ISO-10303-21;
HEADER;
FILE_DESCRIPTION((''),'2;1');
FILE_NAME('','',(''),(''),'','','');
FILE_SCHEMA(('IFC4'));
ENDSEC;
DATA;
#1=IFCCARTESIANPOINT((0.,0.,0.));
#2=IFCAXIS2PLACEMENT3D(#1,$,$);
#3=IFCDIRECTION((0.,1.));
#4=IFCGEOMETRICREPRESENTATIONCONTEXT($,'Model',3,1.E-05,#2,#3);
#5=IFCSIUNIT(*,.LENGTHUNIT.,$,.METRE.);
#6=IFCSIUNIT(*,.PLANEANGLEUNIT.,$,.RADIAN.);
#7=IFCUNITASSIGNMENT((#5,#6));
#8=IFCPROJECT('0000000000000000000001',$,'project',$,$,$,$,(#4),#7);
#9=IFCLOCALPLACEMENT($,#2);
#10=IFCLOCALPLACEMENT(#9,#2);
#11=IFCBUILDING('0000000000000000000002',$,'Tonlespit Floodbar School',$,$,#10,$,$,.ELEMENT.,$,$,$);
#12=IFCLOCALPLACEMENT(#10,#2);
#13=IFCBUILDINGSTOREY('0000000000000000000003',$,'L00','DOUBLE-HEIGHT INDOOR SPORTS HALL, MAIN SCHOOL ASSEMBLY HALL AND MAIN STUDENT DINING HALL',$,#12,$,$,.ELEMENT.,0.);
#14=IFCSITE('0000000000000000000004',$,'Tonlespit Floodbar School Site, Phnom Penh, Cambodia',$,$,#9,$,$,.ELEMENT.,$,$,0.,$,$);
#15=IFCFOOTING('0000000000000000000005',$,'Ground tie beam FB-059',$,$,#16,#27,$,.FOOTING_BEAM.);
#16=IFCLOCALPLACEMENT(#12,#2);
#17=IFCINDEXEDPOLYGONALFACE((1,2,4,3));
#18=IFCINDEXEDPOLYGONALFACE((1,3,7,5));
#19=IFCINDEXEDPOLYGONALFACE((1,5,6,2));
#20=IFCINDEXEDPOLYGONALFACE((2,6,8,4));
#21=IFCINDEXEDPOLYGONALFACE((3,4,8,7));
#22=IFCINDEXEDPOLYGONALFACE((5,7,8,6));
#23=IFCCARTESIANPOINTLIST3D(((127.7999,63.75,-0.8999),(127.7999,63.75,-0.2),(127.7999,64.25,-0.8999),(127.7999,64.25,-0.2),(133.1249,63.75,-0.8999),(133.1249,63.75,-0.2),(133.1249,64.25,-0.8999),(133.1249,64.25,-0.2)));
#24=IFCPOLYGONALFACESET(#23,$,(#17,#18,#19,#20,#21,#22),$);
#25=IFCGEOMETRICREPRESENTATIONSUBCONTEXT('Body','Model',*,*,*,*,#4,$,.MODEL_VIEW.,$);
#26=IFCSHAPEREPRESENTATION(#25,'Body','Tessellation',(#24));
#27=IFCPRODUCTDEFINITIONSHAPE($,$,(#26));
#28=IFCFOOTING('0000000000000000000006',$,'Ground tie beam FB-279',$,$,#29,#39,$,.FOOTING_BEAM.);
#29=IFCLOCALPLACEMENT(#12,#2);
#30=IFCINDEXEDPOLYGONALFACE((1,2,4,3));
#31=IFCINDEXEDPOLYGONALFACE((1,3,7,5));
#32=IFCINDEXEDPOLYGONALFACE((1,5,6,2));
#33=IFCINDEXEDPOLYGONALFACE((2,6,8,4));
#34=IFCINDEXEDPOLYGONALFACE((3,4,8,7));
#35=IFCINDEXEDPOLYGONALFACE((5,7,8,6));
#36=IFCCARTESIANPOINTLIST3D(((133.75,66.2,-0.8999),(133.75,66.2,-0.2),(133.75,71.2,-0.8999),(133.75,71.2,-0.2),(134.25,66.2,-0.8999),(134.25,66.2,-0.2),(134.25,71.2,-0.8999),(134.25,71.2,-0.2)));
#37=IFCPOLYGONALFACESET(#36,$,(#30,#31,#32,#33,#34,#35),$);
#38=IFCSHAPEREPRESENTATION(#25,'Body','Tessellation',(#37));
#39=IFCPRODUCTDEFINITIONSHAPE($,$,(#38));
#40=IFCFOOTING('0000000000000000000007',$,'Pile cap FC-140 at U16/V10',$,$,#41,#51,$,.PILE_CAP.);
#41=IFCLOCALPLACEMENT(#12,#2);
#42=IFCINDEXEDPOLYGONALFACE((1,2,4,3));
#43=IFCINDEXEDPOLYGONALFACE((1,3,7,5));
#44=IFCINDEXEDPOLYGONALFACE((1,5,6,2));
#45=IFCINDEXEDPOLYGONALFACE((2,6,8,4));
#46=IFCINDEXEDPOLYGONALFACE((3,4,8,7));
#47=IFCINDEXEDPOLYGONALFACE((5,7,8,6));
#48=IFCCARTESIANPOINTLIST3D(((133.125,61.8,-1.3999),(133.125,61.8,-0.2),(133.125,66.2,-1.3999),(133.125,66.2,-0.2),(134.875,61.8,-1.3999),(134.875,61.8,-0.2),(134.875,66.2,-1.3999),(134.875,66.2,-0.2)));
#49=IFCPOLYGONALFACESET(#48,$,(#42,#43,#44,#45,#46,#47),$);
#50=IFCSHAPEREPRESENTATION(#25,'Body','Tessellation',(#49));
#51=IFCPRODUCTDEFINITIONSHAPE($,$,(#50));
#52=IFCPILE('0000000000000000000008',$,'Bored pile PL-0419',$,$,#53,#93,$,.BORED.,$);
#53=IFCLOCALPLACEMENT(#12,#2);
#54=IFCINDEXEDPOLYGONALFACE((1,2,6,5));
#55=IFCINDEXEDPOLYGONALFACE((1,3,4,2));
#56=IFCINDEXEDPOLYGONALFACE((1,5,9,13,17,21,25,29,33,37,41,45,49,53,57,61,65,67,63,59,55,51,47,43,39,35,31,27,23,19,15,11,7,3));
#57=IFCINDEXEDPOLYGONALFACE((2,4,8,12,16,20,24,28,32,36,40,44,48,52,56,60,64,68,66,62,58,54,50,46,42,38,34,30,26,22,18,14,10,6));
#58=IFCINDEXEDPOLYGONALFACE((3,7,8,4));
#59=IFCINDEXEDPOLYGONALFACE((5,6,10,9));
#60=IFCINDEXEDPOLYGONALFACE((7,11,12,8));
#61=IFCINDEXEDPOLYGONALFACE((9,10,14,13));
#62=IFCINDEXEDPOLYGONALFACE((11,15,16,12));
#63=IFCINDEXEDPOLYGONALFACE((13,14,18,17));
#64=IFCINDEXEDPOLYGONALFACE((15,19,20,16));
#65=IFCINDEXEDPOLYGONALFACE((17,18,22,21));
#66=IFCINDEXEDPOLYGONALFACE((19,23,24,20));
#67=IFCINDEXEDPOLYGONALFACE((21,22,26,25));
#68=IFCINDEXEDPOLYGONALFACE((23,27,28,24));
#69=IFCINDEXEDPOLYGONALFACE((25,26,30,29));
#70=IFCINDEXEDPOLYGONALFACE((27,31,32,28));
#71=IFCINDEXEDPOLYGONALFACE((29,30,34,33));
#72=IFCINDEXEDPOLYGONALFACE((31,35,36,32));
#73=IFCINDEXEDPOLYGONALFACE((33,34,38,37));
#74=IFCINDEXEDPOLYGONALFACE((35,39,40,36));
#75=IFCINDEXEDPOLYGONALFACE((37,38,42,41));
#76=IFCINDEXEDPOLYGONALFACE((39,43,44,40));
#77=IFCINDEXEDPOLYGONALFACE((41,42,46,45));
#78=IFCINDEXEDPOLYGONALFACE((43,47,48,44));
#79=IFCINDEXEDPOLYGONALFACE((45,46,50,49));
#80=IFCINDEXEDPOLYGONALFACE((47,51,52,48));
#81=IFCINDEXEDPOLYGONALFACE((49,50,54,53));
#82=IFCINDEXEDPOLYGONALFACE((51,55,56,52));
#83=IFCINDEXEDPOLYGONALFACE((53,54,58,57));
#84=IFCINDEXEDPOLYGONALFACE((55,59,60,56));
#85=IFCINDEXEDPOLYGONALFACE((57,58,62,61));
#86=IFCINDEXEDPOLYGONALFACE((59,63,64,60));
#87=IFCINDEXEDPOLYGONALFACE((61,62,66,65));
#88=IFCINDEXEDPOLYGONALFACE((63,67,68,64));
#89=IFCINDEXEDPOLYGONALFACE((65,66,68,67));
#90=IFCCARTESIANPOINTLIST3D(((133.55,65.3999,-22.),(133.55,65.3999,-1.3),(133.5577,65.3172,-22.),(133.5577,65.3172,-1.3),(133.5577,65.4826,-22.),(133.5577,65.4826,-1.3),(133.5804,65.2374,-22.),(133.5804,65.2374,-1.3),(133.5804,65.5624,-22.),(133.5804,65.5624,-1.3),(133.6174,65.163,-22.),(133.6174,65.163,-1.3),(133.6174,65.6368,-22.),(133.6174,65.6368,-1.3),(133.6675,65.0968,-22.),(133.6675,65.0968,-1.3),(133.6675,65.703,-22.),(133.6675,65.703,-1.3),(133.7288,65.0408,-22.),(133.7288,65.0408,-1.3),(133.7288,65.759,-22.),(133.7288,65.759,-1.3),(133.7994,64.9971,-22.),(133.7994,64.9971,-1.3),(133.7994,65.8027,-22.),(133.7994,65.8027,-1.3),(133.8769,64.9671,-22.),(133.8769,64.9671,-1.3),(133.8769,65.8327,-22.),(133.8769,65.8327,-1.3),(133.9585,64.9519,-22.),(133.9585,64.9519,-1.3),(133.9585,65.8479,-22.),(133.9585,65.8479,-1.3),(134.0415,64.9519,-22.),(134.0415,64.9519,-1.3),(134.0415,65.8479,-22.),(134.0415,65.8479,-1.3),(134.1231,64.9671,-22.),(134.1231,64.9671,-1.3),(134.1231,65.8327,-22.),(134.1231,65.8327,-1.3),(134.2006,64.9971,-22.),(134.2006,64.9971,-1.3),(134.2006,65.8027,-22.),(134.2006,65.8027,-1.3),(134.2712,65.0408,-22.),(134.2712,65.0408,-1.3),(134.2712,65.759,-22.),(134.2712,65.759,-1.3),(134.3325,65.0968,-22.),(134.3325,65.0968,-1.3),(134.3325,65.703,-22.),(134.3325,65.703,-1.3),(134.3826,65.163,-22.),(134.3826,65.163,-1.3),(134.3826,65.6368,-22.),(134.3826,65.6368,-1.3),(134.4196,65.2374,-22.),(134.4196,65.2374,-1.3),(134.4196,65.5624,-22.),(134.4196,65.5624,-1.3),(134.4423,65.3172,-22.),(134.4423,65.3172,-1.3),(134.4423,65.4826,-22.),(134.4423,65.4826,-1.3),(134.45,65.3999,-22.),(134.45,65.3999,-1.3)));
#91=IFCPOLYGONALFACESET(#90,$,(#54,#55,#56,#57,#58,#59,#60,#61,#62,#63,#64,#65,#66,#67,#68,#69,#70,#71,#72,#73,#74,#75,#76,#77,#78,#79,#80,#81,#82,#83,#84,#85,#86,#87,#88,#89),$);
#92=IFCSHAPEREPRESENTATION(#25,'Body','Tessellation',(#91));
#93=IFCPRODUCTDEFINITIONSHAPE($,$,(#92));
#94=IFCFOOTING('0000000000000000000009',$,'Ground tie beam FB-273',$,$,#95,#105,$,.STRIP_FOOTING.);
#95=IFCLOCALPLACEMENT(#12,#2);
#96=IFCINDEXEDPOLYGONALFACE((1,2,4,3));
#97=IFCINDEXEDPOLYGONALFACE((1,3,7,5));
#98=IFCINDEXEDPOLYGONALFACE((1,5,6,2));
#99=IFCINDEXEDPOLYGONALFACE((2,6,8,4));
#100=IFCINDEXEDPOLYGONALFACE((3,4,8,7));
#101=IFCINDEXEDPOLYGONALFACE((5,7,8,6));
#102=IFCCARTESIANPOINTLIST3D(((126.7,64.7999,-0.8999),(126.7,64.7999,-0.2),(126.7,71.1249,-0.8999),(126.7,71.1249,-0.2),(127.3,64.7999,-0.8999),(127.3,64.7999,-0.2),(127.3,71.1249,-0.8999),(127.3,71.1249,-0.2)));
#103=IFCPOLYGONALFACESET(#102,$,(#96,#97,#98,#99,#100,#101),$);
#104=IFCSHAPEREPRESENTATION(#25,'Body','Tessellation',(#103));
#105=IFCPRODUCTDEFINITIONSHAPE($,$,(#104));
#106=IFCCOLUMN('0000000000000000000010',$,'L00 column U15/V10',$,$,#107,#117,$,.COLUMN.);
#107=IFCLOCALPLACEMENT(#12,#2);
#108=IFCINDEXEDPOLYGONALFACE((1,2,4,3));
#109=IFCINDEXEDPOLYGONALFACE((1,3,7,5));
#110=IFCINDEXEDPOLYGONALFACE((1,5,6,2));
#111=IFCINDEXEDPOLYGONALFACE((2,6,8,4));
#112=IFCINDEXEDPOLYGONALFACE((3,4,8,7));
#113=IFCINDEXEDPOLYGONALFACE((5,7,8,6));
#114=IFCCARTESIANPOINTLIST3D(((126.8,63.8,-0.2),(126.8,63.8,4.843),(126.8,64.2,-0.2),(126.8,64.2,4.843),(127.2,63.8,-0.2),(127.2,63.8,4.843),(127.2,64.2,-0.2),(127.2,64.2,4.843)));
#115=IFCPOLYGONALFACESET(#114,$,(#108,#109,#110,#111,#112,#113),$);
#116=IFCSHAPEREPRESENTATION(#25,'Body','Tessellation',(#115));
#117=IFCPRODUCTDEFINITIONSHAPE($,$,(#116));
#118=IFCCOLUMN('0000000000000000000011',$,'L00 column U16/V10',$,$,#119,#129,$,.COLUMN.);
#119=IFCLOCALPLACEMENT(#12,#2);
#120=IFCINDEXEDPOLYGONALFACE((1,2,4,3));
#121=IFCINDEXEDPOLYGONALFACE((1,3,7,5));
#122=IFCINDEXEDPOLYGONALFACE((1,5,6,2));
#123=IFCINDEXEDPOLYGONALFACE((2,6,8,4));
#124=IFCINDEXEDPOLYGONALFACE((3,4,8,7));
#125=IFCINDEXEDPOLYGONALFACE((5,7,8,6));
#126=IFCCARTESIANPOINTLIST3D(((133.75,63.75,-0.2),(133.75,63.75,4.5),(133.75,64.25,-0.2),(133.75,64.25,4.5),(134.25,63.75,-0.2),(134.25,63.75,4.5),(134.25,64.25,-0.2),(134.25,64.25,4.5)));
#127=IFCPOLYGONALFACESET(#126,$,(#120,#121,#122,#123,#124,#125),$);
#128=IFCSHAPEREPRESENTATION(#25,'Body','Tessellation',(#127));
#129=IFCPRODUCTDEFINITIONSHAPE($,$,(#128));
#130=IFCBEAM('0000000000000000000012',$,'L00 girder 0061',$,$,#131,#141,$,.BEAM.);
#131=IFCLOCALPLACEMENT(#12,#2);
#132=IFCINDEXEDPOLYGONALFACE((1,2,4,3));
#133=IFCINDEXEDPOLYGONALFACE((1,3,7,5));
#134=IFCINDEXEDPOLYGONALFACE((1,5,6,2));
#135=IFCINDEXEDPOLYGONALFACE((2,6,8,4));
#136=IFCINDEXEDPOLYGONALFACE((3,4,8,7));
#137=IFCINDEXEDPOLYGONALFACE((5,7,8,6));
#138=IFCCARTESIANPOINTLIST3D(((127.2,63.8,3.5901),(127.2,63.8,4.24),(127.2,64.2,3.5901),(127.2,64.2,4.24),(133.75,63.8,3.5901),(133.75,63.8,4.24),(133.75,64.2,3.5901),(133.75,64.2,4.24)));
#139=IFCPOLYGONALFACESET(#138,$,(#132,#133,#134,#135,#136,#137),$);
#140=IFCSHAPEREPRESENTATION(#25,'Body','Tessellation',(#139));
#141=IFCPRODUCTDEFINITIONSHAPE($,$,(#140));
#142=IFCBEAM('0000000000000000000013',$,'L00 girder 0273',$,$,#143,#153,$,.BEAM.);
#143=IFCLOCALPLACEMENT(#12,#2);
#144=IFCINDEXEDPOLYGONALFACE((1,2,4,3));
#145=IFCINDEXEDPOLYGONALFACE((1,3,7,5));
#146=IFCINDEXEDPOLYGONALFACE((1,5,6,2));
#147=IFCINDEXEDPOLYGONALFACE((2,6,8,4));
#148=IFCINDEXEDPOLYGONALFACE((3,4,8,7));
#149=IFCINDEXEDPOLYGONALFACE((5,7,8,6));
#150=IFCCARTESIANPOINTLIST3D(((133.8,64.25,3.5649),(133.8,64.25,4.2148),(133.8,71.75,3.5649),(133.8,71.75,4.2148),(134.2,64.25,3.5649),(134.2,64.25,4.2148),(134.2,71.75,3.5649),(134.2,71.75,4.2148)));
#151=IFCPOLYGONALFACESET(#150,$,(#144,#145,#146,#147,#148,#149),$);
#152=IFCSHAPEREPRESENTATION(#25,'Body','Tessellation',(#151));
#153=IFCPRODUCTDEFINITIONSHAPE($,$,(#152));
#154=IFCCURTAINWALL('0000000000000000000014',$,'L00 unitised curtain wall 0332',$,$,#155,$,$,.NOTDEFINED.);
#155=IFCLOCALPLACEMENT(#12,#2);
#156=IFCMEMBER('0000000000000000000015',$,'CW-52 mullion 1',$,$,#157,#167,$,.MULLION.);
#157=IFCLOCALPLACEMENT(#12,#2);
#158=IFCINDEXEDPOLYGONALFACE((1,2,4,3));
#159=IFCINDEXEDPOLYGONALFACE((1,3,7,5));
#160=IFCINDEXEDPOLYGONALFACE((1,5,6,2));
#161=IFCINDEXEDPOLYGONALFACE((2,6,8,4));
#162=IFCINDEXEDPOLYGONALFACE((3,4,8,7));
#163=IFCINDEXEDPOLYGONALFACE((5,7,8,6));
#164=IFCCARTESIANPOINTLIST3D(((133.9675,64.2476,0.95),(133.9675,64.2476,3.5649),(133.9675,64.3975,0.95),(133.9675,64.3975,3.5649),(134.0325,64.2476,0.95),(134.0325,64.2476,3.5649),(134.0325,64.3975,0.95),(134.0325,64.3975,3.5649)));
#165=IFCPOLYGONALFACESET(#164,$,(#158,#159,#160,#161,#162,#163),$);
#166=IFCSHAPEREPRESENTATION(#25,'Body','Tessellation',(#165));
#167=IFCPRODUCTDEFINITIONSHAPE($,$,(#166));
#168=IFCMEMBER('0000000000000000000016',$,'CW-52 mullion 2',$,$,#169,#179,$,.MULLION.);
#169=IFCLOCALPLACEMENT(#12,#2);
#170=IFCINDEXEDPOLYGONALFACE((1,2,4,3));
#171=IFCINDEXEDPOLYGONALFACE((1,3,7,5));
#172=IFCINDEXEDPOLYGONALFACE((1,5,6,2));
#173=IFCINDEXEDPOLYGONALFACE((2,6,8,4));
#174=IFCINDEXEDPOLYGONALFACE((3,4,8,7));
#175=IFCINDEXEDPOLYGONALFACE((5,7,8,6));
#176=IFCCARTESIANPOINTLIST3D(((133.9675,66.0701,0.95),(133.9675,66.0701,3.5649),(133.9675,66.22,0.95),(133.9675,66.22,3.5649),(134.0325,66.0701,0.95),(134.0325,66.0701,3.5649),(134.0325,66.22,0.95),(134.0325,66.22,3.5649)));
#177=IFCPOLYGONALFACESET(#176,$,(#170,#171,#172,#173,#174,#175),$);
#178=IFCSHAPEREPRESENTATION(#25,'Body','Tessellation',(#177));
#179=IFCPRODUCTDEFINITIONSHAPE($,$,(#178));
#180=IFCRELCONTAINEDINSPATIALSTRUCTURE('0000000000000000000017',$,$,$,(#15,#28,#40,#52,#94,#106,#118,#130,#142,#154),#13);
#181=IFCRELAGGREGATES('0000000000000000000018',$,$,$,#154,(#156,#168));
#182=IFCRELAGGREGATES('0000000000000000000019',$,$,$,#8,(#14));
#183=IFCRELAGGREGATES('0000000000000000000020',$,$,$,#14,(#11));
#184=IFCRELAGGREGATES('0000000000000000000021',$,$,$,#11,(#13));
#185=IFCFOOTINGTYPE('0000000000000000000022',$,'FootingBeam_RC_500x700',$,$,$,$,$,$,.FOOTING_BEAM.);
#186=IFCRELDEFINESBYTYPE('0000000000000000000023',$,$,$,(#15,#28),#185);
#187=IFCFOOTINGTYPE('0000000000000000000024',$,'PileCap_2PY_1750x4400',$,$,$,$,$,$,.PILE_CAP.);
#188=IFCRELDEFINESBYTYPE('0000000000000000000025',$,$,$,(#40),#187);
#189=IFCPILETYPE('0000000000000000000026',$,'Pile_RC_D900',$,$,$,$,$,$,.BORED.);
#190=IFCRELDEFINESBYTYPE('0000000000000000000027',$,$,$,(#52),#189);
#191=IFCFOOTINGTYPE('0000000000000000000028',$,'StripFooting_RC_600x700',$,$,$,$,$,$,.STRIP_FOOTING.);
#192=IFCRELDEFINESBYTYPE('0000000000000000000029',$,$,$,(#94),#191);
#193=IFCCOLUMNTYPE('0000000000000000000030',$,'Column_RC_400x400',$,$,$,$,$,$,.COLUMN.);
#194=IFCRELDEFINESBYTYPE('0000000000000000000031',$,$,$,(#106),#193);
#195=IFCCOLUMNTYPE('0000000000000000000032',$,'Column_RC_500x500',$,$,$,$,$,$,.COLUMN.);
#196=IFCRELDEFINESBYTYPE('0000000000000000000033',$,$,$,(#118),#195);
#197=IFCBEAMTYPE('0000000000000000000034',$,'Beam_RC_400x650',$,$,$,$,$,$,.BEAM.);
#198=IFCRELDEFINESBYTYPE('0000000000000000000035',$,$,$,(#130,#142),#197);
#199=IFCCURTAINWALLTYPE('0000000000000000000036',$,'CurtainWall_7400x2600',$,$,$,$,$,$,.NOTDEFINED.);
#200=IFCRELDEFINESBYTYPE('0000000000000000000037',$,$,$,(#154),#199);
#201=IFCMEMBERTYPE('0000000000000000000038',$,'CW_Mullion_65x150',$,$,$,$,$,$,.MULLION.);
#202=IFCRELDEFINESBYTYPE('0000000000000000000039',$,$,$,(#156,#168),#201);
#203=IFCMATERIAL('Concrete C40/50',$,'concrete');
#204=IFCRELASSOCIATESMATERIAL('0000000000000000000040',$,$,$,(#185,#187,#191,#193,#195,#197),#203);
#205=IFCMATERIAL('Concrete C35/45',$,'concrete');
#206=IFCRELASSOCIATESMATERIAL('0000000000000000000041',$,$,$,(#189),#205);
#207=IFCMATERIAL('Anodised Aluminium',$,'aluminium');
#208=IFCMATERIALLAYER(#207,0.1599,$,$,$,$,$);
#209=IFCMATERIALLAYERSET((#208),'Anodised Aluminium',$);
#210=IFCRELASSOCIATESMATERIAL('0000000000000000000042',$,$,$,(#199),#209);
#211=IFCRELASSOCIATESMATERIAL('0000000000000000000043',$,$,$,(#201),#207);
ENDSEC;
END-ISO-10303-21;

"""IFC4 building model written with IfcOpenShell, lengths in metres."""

from ifc_helpers import new_model, si_unit, direction, frame, origin, origin_2d, place, context, subcontext, project, spatial, rectangle, circle, extrude, material, layer, layer_set, material_profile, profile_set, type_object, element, aggregate, save


model = new_model("IFC4")

# Units and contexts
model_context = context("Model", 3, precision=1e-05, world=origin(), true_north=direction((0.0, 1.0)))
body_context = subcontext(model_context, "Body", "Model", "MODEL_VIEW")
ifc_project = project(units=[si_unit("LENGTHUNIT", "METRE"), si_unit("PLANEANGLEUNIT", "RADIAN")], contexts=[model_context])

# Site, building, storey
site_placement = place(None, origin())
site = spatial("IfcSite", under=ifc_project, at=site_placement, Name="Tonlespit Floodbar School Site, Phnom Penh, Cambodia", CompositionType="ELEMENT", RefElevation=0.0)
building_placement = place(site_placement, origin())
building = spatial("IfcBuilding", under=site, at=building_placement, Name="Tonlespit Floodbar School", CompositionType="ELEMENT")
storey_placement = place(building_placement, origin())
storey = spatial("IfcBuildingStorey", under=building, at=storey_placement, Name="L00", Description="DOUBLE-HEIGHT INDOOR SPORTS HALL, MAIN SCHOOL ASSEMBLY HALL AND MAIN STUDENT DINING HALL", CompositionType="ELEMENT", Elevation=0.0)

# Footings
ifc_material_1 = material(Name="Concrete C40/50", Category="concrete")
footing_type_1 = type_object("IfcFootingType", Name="FootingBeam_RC_500x700", PredefinedType="FOOTING_BEAM", material=ifc_material_1)
footing_1_placement = place(storey_placement, frame((130.4624, 64.0, -0.8999), z_axis=(0.0, 0.0, 1.0), x_axis=(1.0, 0.0, 0.0)))
element("IfcFooting", 1, at=footing_1_placement, inside=storey, type_object=footing_type_1, Name="Ground tie beam FB-059", PredefinedType="FOOTING_BEAM", context=body_context, shape_type="SweptSolid", body=[
    extrude(rectangle(XDim=5.325, YDim=0.5, at=origin_2d()), origin(), (0.0, 0.0, 1.0), 0.7),
])
footing_2_placement = place(storey_placement, frame((134.0, 68.7, -0.8999), z_axis=(0.0, 0.0, 1.0), x_axis=(0.0, 1.0, 0.0)))
element("IfcFooting", 2, at=footing_2_placement, inside=storey, type_object=footing_type_1, Name="Ground tie beam FB-279", PredefinedType="FOOTING_BEAM", context=body_context, shape_type="SweptSolid", body=[
    extrude(rectangle(XDim=5.0, YDim=0.5, at=origin_2d()), origin(), (0.0, 0.0, 1.0), 0.7),
])
footing_type_2 = type_object("IfcFootingType", Name="PileCap_2PY_1750x4400", PredefinedType="PILE_CAP", material=ifc_material_1)
footing_3_placement = place(storey_placement, frame((134.0, 64.0, -1.3999), z_axis=(0.0, 0.0, 1.0), x_axis=(1.0, 0.0, 0.0)))
element("IfcFooting", 3, at=footing_3_placement, inside=storey, type_object=footing_type_2, Name="Pile cap FC-140 at U16/V10", PredefinedType="PILE_CAP", context=body_context, shape_type="SweptSolid", body=[
    extrude(rectangle(XDim=1.75, YDim=4.3999, at=origin_2d()), origin(), (0.0, 0.0, 1.0), 1.2),
])

# Pile
ifc_material_2 = material(Name="Concrete C35/45", Category="concrete")
ifc_material_profile_1 = material_profile(ifc_material_2, circle(Radius=0.45, at=origin_2d()), Name="BP D900")
ifc_profile_set_1 = profile_set([ifc_material_profile_1], Name="Concrete C35/45")
pile_type = type_object("IfcPileType", Name="Pile_RC_D900", PredefinedType="BORED", material=ifc_profile_set_1)
pile_placement = place(storey_placement, frame((134.0, 65.3999, -1.3), z_axis=(0.0, 0.0, -1.0), x_axis=(1.0, 0.0, 0.0)))
element("IfcPile", 4, at=pile_placement, inside=storey, type_object=pile_type, Name="Bored pile PL-0419", PredefinedType="BORED", context=body_context, shape_type="SweptSolid", body=[
    extrude(circle(Radius=0.45, at=origin_2d()), origin(), (0.0, 0.0, 1.0), 20.7),
])

# Footing
footing_type_3 = type_object("IfcFootingType", Name="StripFooting_RC_600x700", PredefinedType="STRIP_FOOTING", material=ifc_material_1)
footing_4_placement = place(storey_placement, frame((127.0, 67.9624, -0.8999), z_axis=(0.0, 0.0, 1.0), x_axis=(0.0, 1.0, 0.0)))
element("IfcFooting", 5, at=footing_4_placement, inside=storey, type_object=footing_type_3, Name="Ground tie beam FB-273", PredefinedType="STRIP_FOOTING", context=body_context, shape_type="SweptSolid", body=[
    extrude(rectangle(XDim=6.325, YDim=0.6001, at=origin_2d()), origin(), (0.0, 0.0, 1.0), 0.7),
])

# Columns
ifc_material_profile_2 = material_profile(ifc_material_1, rectangle(XDim=0.3999, YDim=0.3999, at=origin_2d()), Name="RC 400x400")
ifc_profile_set_2 = profile_set([ifc_material_profile_2], Name="Concrete C40/50")
column_type_1 = type_object("IfcColumnType", Name="Column_RC_400x400", PredefinedType="COLUMN", material=ifc_profile_set_2)
column_1_placement = place(storey_placement, frame((127.0, 64.0, -0.2), z_axis=(0.0, 0.0, 1.0), x_axis=(1.0, 0.0, 0.0)))
element("IfcColumn", 6, at=column_1_placement, inside=storey, type_object=column_type_1, Name="L00 column U15/V10", PredefinedType="COLUMN", context=body_context, shape_type="SweptSolid", body=[
    extrude(rectangle(XDim=0.3999, YDim=0.3999, at=origin_2d()), origin(), (0.0, 0.0, 1.0), 5.043),
])
ifc_material_profile_3 = material_profile(ifc_material_1, rectangle(XDim=0.5, YDim=0.5, at=origin_2d()), Name="RC 500x500")
ifc_profile_set_3 = profile_set([ifc_material_profile_3], Name="Concrete C40/50")
column_type_2 = type_object("IfcColumnType", Name="Column_RC_500x500", PredefinedType="COLUMN", material=ifc_profile_set_3)
column_2_placement = place(storey_placement, frame((134.0, 64.0, -0.2), z_axis=(0.0, 0.0, 1.0), x_axis=(1.0, 0.0, 0.0)))
element("IfcColumn", 7, at=column_2_placement, inside=storey, type_object=column_type_2, Name="L00 column U16/V10", PredefinedType="COLUMN", context=body_context, shape_type="SweptSolid", body=[
    extrude(rectangle(XDim=0.5, YDim=0.5, at=origin_2d()), origin(), (0.0, 0.0, 1.0), 4.7),
])

# Beams
ifc_material_profile_4 = material_profile(ifc_material_1, rectangle(XDim=0.3999, YDim=0.6499, at=origin_2d()), Name="RC 400x650")
ifc_profile_set_4 = profile_set([ifc_material_profile_4], Name="Concrete C40/50")
beam_type_1 = type_object("IfcBeamType", Name="Beam_RC_400x650", PredefinedType="BEAM", material=ifc_profile_set_4)
beam_1_placement = place(storey_placement, frame((127.2, 64.0, 3.915), z_axis=(1.0, 0.0, 0.0), x_axis=(0.0, 1.0, 0.0)))
element("IfcBeam", 8, at=beam_1_placement, inside=storey, type_object=beam_type_1, Name="L00 girder 0061", PredefinedType="BEAM", context=body_context, shape_type="SweptSolid", body=[
    extrude(rectangle(XDim=0.3999, YDim=0.6499, at=origin_2d()), origin(), (0.0, 0.0, 1.0), 6.55),
])
beam_2_placement = place(storey_placement, frame((134.0, 64.25, 3.8899), z_axis=(0.0, 1.0, 0.0), x_axis=(-1.0, 0.0, 0.0)))
element("IfcBeam", 9, at=beam_2_placement, inside=storey, type_object=beam_type_1, Name="L00 girder 0273", PredefinedType="BEAM", context=body_context, shape_type="SweptSolid", body=[
    extrude(rectangle(XDim=0.3999, YDim=0.6499, at=origin_2d()), origin(), (0.0, 0.0, 1.0), 7.5),
])

# Curtain wall, members
ifc_material_3 = material(Name="Anodised Aluminium", Category="aluminium")
ifc_layer_1 = layer(ifc_material_3, 0.1599)
ifc_layer_set_1 = layer_set([ifc_layer_1], Name="Anodised Aluminium")
curtain_wall_type = type_object("IfcCurtainWallType", Name="CurtainWall_7400x2600", PredefinedType="NOTDEFINED", material=ifc_layer_set_1)
curtain_wall_placement = place(storey_placement, origin())
curtain_wall = element("IfcCurtainWall", 10, at=curtain_wall_placement, inside=storey, type_object=curtain_wall_type, Name="L00 unitised curtain wall 0332", PredefinedType="NOTDEFINED")
ifc_material_profile_5 = material_profile(ifc_material_3, rectangle(XDim=0.0649, YDim=0.1499, at=origin_2d()), Name="ALU M65x150")
ifc_profile_set_5 = profile_set([ifc_material_profile_5], Name="Anodised Aluminium")
member_type_1 = type_object("IfcMemberType", Name="CW_Mullion_65x150", PredefinedType="MULLION", material=ifc_profile_set_5)
member_1_placement = place(storey_placement, frame((134.0, 64.3225, 0.95), z_axis=(0.0, 0.0, 1.0), x_axis=(-1.0, 0.0, 0.0)))
member_1 = element("IfcMember", 11, at=member_1_placement, type_object=member_type_1, Name="CW-52 mullion 1", PredefinedType="MULLION", context=body_context, shape_type="SweptSolid", body=[
    extrude(rectangle(XDim=0.0649, YDim=0.1499, at=origin_2d()), origin(), (0.0, 0.0, 1.0), 2.615),
])
member_2_placement = place(storey_placement, frame((134.0, 66.145, 0.95), z_axis=(0.0, 0.0, 1.0), x_axis=(-1.0, 0.0, 0.0)))
member_2 = element("IfcMember", 12, at=member_2_placement, type_object=member_type_1, Name="CW-52 mullion 2", PredefinedType="MULLION", context=body_context, shape_type="SweptSolid", body=[
    extrude(rectangle(XDim=0.0649, YDim=0.1499, at=origin_2d()), origin(), (0.0, 0.0, 1.0), 2.615),
])

aggregate(curtain_wall, [member_1, member_2])

save(model, "model.ifc")
